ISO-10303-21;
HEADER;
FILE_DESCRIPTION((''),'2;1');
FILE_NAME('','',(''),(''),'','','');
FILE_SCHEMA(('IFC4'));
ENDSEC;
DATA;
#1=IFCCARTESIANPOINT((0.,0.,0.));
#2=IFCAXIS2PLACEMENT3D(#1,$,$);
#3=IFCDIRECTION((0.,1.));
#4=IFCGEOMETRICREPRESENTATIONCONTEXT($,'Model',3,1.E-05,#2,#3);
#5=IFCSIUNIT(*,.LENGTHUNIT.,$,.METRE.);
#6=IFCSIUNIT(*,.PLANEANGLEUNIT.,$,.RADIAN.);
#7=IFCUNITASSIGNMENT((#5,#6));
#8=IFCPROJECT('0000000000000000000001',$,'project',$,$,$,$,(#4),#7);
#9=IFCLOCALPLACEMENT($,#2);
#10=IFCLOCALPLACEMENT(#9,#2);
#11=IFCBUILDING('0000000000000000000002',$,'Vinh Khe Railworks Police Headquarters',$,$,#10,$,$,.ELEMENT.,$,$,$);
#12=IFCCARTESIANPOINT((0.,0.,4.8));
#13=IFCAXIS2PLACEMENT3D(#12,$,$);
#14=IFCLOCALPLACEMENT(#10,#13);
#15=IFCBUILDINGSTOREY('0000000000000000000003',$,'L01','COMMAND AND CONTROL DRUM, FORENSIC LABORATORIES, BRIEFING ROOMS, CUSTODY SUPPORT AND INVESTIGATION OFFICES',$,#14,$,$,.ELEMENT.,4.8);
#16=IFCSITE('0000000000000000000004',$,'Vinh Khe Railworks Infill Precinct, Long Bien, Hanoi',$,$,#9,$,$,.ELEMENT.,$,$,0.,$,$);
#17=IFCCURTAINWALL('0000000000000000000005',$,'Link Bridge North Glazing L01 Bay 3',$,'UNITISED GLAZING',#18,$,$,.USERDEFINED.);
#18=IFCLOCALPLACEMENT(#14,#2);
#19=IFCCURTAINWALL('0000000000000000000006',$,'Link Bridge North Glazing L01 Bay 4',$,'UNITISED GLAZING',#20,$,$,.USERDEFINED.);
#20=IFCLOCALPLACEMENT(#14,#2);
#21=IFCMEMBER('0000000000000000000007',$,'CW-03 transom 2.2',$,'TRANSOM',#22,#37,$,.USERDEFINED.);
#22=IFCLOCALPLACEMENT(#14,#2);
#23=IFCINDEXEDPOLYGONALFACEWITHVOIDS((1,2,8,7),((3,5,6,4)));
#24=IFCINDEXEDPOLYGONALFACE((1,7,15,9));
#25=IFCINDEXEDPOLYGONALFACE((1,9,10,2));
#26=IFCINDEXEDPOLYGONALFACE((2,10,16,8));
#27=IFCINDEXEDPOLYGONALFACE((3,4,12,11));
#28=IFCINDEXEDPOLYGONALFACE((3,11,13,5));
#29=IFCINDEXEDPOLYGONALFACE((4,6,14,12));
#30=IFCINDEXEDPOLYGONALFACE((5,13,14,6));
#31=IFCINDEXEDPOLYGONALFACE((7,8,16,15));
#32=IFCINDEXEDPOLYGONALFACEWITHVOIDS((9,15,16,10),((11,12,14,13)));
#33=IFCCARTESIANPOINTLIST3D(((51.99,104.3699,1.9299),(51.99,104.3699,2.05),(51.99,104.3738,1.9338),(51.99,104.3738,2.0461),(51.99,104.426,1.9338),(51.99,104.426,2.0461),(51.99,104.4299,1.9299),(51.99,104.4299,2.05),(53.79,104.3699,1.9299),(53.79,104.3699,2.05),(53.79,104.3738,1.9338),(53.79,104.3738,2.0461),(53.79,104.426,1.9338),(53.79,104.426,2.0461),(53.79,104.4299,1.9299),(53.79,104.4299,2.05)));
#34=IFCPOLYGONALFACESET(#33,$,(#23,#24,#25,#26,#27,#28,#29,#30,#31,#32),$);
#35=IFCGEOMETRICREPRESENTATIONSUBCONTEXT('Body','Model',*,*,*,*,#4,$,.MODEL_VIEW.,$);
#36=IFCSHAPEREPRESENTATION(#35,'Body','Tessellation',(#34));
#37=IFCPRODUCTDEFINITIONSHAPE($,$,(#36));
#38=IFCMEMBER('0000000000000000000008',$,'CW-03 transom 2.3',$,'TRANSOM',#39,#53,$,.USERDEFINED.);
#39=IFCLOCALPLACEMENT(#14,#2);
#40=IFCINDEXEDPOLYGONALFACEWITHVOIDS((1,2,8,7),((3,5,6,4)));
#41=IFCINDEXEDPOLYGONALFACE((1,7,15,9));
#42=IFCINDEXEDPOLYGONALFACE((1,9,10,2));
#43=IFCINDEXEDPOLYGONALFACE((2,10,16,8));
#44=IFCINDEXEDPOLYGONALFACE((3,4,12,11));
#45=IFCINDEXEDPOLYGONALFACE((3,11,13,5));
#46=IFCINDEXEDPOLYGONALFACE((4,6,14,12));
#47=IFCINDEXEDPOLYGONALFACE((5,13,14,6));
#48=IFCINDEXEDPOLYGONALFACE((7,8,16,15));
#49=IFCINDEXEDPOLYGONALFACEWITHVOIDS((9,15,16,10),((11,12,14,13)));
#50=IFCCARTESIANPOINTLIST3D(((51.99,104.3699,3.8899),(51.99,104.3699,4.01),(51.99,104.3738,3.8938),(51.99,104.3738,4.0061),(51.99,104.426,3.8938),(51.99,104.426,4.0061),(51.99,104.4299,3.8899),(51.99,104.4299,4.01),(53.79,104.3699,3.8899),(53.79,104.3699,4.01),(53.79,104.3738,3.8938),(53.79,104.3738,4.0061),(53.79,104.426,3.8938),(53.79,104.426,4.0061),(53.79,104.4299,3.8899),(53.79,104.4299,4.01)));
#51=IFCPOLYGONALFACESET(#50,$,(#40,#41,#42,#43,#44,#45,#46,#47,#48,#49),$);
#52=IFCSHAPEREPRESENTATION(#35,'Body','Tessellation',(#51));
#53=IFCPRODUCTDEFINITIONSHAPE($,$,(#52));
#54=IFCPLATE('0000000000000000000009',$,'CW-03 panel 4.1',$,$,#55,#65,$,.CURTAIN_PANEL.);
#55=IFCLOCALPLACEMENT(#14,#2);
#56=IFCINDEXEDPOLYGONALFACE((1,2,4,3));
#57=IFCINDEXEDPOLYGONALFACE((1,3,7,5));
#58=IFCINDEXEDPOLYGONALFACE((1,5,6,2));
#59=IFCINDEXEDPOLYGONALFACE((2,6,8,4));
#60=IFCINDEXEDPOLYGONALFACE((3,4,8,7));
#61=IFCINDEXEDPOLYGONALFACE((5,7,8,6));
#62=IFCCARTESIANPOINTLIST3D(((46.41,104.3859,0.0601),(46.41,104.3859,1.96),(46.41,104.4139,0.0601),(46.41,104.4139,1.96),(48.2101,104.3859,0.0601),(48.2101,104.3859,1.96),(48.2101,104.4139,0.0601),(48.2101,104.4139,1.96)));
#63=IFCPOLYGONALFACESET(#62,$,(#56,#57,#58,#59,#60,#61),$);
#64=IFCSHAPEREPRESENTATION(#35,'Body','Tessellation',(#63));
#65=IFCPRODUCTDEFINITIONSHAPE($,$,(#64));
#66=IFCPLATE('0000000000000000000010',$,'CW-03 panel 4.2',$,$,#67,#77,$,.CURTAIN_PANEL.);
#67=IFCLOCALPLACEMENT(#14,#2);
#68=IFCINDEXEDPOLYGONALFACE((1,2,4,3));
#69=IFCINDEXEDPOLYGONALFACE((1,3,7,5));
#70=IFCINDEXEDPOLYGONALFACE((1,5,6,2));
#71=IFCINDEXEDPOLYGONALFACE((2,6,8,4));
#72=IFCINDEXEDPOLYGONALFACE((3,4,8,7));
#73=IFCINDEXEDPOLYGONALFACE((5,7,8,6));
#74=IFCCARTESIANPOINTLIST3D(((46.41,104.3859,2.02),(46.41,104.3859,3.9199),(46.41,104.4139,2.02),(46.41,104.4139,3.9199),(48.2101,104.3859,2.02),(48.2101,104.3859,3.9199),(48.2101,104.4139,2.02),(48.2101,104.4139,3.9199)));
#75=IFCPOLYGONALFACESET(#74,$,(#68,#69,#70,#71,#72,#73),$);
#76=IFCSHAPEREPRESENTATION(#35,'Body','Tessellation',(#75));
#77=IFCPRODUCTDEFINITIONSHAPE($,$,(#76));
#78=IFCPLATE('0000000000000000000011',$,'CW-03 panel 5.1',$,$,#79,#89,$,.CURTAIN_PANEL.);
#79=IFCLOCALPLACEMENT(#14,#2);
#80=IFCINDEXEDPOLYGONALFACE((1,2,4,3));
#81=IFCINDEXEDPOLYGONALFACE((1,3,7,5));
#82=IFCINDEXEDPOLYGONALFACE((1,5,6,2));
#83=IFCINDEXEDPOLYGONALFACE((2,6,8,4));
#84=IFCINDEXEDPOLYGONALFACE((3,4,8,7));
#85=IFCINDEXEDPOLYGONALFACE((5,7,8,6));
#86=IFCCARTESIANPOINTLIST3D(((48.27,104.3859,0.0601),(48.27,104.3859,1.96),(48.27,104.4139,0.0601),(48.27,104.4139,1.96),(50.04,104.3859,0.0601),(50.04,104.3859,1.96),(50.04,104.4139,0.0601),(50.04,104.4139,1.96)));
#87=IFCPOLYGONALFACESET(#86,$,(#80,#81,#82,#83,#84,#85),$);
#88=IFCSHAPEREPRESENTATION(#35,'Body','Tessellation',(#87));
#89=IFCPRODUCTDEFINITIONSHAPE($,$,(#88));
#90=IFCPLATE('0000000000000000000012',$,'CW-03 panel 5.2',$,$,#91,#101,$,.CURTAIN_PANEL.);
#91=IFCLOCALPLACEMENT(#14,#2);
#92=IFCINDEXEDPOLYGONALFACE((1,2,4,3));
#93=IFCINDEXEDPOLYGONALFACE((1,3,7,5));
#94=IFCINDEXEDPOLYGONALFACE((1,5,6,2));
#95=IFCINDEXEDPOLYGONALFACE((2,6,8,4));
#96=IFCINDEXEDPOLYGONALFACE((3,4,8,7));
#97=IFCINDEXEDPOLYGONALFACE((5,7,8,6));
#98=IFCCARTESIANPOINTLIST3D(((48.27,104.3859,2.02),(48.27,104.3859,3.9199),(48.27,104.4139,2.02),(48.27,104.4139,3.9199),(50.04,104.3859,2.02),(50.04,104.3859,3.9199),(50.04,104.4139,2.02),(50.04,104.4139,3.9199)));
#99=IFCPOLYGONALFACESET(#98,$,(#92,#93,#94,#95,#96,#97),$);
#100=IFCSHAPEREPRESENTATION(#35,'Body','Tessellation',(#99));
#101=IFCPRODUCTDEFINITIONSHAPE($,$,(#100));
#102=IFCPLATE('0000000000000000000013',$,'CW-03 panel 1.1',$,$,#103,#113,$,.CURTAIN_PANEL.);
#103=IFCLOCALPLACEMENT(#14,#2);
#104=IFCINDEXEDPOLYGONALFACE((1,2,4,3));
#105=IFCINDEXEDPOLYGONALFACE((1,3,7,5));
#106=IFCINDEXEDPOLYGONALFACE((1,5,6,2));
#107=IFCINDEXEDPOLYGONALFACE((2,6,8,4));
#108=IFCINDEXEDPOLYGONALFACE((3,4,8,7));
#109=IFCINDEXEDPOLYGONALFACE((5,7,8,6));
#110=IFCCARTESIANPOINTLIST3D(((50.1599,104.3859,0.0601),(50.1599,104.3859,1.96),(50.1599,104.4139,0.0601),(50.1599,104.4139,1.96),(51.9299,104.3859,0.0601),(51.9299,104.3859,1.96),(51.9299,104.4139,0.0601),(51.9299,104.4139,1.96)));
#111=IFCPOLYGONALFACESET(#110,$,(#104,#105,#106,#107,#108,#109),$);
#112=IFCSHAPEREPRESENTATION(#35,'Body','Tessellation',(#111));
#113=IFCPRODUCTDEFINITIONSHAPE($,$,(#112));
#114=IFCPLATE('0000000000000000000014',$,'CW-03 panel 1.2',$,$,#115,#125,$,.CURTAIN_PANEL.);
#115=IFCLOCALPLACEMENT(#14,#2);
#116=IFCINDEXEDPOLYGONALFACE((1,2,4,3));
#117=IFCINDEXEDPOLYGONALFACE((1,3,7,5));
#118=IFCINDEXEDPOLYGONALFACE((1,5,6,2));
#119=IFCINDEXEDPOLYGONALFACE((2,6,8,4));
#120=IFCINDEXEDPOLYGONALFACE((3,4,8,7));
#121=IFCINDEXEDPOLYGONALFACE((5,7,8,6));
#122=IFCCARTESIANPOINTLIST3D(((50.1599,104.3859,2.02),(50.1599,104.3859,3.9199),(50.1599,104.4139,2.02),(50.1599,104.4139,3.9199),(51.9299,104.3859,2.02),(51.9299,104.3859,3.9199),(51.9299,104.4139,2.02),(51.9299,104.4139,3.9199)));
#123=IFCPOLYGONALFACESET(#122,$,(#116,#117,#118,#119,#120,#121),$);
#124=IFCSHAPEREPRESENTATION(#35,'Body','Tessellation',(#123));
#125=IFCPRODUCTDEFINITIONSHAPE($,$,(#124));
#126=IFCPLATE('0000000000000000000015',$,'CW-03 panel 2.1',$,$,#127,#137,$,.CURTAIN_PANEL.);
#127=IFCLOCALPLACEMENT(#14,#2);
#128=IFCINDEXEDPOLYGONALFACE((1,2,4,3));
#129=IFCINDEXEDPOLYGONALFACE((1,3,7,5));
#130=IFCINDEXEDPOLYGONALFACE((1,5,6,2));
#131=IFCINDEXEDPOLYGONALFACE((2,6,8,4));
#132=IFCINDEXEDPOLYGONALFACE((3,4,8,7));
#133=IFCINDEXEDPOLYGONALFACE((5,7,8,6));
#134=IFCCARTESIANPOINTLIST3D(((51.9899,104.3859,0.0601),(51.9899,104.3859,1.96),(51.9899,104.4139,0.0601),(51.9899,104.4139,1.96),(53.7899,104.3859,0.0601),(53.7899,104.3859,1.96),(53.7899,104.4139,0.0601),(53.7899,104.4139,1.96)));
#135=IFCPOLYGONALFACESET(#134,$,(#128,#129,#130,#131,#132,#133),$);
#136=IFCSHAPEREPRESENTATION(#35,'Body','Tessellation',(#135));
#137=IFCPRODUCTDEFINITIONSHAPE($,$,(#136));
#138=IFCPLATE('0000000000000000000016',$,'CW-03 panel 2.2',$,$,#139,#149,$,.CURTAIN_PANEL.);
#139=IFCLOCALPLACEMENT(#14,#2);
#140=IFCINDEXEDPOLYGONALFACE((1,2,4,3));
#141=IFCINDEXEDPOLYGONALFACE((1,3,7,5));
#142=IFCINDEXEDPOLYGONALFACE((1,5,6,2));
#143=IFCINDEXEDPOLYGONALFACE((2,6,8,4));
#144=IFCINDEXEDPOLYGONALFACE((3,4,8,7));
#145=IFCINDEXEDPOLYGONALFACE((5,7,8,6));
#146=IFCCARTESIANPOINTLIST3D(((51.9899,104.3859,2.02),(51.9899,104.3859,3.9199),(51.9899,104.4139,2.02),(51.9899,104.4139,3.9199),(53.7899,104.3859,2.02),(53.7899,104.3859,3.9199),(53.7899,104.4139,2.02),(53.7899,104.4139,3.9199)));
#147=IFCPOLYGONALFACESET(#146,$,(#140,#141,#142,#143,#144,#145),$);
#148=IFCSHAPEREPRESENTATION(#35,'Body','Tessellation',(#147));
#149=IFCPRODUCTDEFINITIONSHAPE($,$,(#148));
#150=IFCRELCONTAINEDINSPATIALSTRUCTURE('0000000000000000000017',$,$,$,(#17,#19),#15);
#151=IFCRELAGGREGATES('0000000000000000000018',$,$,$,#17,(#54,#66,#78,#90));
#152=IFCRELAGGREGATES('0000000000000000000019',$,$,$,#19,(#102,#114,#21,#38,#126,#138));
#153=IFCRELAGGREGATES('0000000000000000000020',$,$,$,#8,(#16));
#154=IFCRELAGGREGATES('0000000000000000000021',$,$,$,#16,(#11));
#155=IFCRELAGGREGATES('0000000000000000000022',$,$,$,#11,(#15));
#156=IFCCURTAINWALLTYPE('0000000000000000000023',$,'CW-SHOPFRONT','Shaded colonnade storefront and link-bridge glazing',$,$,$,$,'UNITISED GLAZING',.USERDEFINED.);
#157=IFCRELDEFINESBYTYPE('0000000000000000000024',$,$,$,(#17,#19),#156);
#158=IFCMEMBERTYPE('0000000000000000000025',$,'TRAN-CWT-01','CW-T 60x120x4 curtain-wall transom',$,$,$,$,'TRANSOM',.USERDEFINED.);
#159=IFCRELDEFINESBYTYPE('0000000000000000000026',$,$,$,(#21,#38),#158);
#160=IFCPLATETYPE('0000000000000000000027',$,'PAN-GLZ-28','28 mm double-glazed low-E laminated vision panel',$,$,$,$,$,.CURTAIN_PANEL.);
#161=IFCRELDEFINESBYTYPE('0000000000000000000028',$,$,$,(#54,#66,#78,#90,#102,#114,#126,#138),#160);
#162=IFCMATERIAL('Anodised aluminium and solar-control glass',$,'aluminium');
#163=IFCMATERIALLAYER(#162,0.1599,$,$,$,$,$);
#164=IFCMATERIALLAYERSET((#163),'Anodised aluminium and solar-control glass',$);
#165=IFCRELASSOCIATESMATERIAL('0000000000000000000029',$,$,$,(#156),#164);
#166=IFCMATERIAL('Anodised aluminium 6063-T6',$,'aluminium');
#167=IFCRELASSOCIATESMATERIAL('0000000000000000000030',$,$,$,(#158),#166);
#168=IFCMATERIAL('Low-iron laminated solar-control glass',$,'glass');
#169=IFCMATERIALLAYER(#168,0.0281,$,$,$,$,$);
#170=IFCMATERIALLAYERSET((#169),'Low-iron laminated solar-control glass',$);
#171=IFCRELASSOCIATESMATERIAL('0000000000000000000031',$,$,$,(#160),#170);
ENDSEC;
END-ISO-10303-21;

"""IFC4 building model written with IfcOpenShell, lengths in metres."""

from ifc_helpers import new_model, si_unit, direction, frame, origin, origin_2d, place, context, subcontext, project, spatial, rectangle, hollow_rectangle, extrude, material, layer, layer_set, material_profile, profile_set, type_object, element, aggregate, save


model = new_model("IFC4")

# Units and contexts
model_context = context("Model", 3, precision=1e-05, world=origin(), true_north=direction((0.0, 1.0)))
body_context = subcontext(model_context, "Body", "Model", "MODEL_VIEW")
ifc_project = project(units=[si_unit("LENGTHUNIT", "METRE"), si_unit("PLANEANGLEUNIT", "RADIAN")], contexts=[model_context])

# Site, building, storey
site_placement = place(None, origin())
site = spatial("IfcSite", under=ifc_project, at=site_placement, Name="Vinh Khe Railworks Infill Precinct, Long Bien, Hanoi", CompositionType="ELEMENT", RefElevation=0.0)
building_placement = place(site_placement, origin())
building = spatial("IfcBuilding", under=site, at=building_placement, Name="Vinh Khe Railworks Police Headquarters", CompositionType="ELEMENT")
storey_placement = place(building_placement, frame((0.0, 0.0, 4.8)))
storey = spatial("IfcBuildingStorey", under=building, at=storey_placement, Name="L01", Description="COMMAND AND CONTROL DRUM, FORENSIC LABORATORIES, BRIEFING ROOMS, CUSTODY SUPPORT AND INVESTIGATION OFFICES", CompositionType="ELEMENT", Elevation=4.8)

# Curtain walls
ifc_material_1 = material(Name="Anodised aluminium and solar-control glass", Category="aluminium")
ifc_layer_1 = layer(ifc_material_1, 0.1599)
ifc_layer_set_1 = layer_set([ifc_layer_1], Name="Anodised aluminium and solar-control glass")
curtain_wall_type = type_object("IfcCurtainWallType", Name="CW-SHOPFRONT", Description="Shaded colonnade storefront and link-bridge glazing", ElementType="UNITISED GLAZING", PredefinedType="USERDEFINED", material=ifc_layer_set_1)
curtain_wall_1_placement = place(storey_placement, origin())
curtain_wall_1 = element("IfcCurtainWall", 1, at=curtain_wall_1_placement, inside=storey, type_object=curtain_wall_type, Name="Link Bridge North Glazing L01 Bay 3", ObjectType="UNITISED GLAZING", PredefinedType="USERDEFINED")
ifc_material_2 = material(Name="Anodised aluminium 6063-T6", Category="aluminium")
curtain_wall_2_placement = place(storey_placement, origin())
curtain_wall_2 = element("IfcCurtainWall", 2, at=curtain_wall_2_placement, inside=storey, type_object=curtain_wall_type, Name="Link Bridge North Glazing L01 Bay 4", ObjectType="UNITISED GLAZING", PredefinedType="USERDEFINED")

# Members
ifc_material_profile_1 = material_profile(ifc_material_2, hollow_rectangle(XDim=0.0601, YDim=0.1201, WallThickness=0.0039, at=origin_2d()), Name="CW-T 60x120x4")
ifc_profile_set_1 = profile_set([ifc_material_profile_1], Name="Anodised aluminium 6063-T6")
member_type_1 = type_object("IfcMemberType", Name="TRAN-CWT-01", Description="CW-T 60x120x4 curtain-wall transom", ElementType="TRANSOM", PredefinedType="USERDEFINED", material=ifc_profile_set_1)
member_1_placement = place(storey_placement, frame((51.99, 104.3999, 1.99), z_axis=(1.0, 0.0, 0.0), x_axis=(0.0, 1.0, 0.0)))
member_1 = element("IfcMember", 3, at=member_1_placement, type_object=member_type_1, Name="CW-03 transom 2.2", ObjectType="TRANSOM", PredefinedType="USERDEFINED", context=body_context, shape_type="SweptSolid", body=[
    extrude(hollow_rectangle(XDim=0.0601, YDim=0.1201, WallThickness=0.0039, at=origin_2d()), origin(), (0.0, 0.0, 1.0), 1.8),
])
member_2_placement = place(storey_placement, frame((51.99, 104.3999, 3.95), z_axis=(1.0, 0.0, 0.0), x_axis=(0.0, 1.0, 0.0)))
member_2 = element("IfcMember", 4, at=member_2_placement, type_object=member_type_1, Name="CW-03 transom 2.3", ObjectType="TRANSOM", PredefinedType="USERDEFINED", context=body_context, shape_type="SweptSolid", body=[
    extrude(hollow_rectangle(XDim=0.0601, YDim=0.1201, WallThickness=0.0039, at=origin_2d()), origin(), (0.0, 0.0, 1.0), 1.8),
])

# Plates
ifc_material_3 = material(Name="Low-iron laminated solar-control glass", Category="glass")
ifc_layer_2 = layer(ifc_material_3, 0.0281)
ifc_layer_set_2 = layer_set([ifc_layer_2], Name="Low-iron laminated solar-control glass")
plate_type = type_object("IfcPlateType", Name="PAN-GLZ-28", Description="28 mm double-glazed low-E laminated vision panel", PredefinedType="CURTAIN_PANEL", material=ifc_layer_set_2)
plate_1_placement = place(storey_placement, frame((47.3101, 104.3999, 0.0601), z_axis=(0.0, 0.0, 1.0), x_axis=(1.0, 0.0, 0.0)))
plate_1 = element("IfcPlate", 5, at=plate_1_placement, type_object=plate_type, Name="CW-03 panel 4.1", PredefinedType="CURTAIN_PANEL", context=body_context, shape_type="SweptSolid", body=[
    extrude(rectangle(XDim=1.8, YDim=0.0281, at=origin_2d()), origin(), (0.0, 0.0, 1.0), 1.8999),
])
plate_2_placement = place(storey_placement, frame((47.3101, 104.3999, 2.02), z_axis=(0.0, 0.0, 1.0), x_axis=(1.0, 0.0, 0.0)))
plate_2 = element("IfcPlate", 6, at=plate_2_placement, type_object=plate_type, Name="CW-03 panel 4.2", PredefinedType="CURTAIN_PANEL", context=body_context, shape_type="SweptSolid", body=[
    extrude(rectangle(XDim=1.8, YDim=0.0281, at=origin_2d()), origin(), (0.0, 0.0, 1.0), 1.8999),
])
plate_3_placement = place(storey_placement, frame((49.155, 104.3999, 0.0601), z_axis=(0.0, 0.0, 1.0), x_axis=(1.0, 0.0, 0.0)))
plate_3 = element("IfcPlate", 7, at=plate_3_placement, type_object=plate_type, Name="CW-03 panel 5.1", PredefinedType="CURTAIN_PANEL", context=body_context, shape_type="SweptSolid", body=[
    extrude(rectangle(XDim=1.77, YDim=0.0281, at=origin_2d()), origin(), (0.0, 0.0, 1.0), 1.8999),
])
plate_4_placement = place(storey_placement, frame((49.155, 104.3999, 2.02), z_axis=(0.0, 0.0, 1.0), x_axis=(1.0, 0.0, 0.0)))
plate_4 = element("IfcPlate", 8, at=plate_4_placement, type_object=plate_type, Name="CW-03 panel 5.2", PredefinedType="CURTAIN_PANEL", context=body_context, shape_type="SweptSolid", body=[
    extrude(rectangle(XDim=1.77, YDim=0.0281, at=origin_2d()), origin(), (0.0, 0.0, 1.0), 1.8999),
])
aggregate(curtain_wall_1, [plate_1, plate_2, plate_3, plate_4])
plate_5_placement = place(storey_placement, frame((51.0449, 104.3999, 0.0601), z_axis=(0.0, 0.0, 1.0), x_axis=(1.0, 0.0, 0.0)))
plate_5 = element("IfcPlate", 9, at=plate_5_placement, type_object=plate_type, Name="CW-03 panel 1.1", PredefinedType="CURTAIN_PANEL", context=body_context, shape_type="SweptSolid", body=[
    extrude(rectangle(XDim=1.77, YDim=0.0281, at=origin_2d()), origin(), (0.0, 0.0, 1.0), 1.8999),
])
plate_6_placement = place(storey_placement, frame((51.0449, 104.3999, 2.02), z_axis=(0.0, 0.0, 1.0), x_axis=(1.0, 0.0, 0.0)))
plate_6 = element("IfcPlate", 10, at=plate_6_placement, type_object=plate_type, Name="CW-03 panel 1.2", PredefinedType="CURTAIN_PANEL", context=body_context, shape_type="SweptSolid", body=[
    extrude(rectangle(XDim=1.77, YDim=0.0281, at=origin_2d()), origin(), (0.0, 0.0, 1.0), 1.8999),
])
plate_7_placement = place(storey_placement, frame((52.8899, 104.3999, 0.0601), z_axis=(0.0, 0.0, 1.0), x_axis=(1.0, 0.0, 0.0)))
plate_7 = element("IfcPlate", 11, at=plate_7_placement, type_object=plate_type, Name="CW-03 panel 2.1", PredefinedType="CURTAIN_PANEL", context=body_context, shape_type="SweptSolid", body=[
    extrude(rectangle(XDim=1.8, YDim=0.0281, at=origin_2d()), origin(), (0.0, 0.0, 1.0), 1.8999),
])
plate_8_placement = place(storey_placement, frame((52.8899, 104.3999, 2.02), z_axis=(0.0, 0.0, 1.0), x_axis=(1.0, 0.0, 0.0)))
plate_8 = element("IfcPlate", 12, at=plate_8_placement, type_object=plate_type, Name="CW-03 panel 2.2", PredefinedType="CURTAIN_PANEL", context=body_context, shape_type="SweptSolid", body=[
    extrude(rectangle(XDim=1.8, YDim=0.0281, at=origin_2d()), origin(), (0.0, 0.0, 1.0), 1.8999),
])
aggregate(curtain_wall_2, [plate_5, plate_6, member_1, member_2, plate_7, plate_8])

save(model, "model.ifc")
